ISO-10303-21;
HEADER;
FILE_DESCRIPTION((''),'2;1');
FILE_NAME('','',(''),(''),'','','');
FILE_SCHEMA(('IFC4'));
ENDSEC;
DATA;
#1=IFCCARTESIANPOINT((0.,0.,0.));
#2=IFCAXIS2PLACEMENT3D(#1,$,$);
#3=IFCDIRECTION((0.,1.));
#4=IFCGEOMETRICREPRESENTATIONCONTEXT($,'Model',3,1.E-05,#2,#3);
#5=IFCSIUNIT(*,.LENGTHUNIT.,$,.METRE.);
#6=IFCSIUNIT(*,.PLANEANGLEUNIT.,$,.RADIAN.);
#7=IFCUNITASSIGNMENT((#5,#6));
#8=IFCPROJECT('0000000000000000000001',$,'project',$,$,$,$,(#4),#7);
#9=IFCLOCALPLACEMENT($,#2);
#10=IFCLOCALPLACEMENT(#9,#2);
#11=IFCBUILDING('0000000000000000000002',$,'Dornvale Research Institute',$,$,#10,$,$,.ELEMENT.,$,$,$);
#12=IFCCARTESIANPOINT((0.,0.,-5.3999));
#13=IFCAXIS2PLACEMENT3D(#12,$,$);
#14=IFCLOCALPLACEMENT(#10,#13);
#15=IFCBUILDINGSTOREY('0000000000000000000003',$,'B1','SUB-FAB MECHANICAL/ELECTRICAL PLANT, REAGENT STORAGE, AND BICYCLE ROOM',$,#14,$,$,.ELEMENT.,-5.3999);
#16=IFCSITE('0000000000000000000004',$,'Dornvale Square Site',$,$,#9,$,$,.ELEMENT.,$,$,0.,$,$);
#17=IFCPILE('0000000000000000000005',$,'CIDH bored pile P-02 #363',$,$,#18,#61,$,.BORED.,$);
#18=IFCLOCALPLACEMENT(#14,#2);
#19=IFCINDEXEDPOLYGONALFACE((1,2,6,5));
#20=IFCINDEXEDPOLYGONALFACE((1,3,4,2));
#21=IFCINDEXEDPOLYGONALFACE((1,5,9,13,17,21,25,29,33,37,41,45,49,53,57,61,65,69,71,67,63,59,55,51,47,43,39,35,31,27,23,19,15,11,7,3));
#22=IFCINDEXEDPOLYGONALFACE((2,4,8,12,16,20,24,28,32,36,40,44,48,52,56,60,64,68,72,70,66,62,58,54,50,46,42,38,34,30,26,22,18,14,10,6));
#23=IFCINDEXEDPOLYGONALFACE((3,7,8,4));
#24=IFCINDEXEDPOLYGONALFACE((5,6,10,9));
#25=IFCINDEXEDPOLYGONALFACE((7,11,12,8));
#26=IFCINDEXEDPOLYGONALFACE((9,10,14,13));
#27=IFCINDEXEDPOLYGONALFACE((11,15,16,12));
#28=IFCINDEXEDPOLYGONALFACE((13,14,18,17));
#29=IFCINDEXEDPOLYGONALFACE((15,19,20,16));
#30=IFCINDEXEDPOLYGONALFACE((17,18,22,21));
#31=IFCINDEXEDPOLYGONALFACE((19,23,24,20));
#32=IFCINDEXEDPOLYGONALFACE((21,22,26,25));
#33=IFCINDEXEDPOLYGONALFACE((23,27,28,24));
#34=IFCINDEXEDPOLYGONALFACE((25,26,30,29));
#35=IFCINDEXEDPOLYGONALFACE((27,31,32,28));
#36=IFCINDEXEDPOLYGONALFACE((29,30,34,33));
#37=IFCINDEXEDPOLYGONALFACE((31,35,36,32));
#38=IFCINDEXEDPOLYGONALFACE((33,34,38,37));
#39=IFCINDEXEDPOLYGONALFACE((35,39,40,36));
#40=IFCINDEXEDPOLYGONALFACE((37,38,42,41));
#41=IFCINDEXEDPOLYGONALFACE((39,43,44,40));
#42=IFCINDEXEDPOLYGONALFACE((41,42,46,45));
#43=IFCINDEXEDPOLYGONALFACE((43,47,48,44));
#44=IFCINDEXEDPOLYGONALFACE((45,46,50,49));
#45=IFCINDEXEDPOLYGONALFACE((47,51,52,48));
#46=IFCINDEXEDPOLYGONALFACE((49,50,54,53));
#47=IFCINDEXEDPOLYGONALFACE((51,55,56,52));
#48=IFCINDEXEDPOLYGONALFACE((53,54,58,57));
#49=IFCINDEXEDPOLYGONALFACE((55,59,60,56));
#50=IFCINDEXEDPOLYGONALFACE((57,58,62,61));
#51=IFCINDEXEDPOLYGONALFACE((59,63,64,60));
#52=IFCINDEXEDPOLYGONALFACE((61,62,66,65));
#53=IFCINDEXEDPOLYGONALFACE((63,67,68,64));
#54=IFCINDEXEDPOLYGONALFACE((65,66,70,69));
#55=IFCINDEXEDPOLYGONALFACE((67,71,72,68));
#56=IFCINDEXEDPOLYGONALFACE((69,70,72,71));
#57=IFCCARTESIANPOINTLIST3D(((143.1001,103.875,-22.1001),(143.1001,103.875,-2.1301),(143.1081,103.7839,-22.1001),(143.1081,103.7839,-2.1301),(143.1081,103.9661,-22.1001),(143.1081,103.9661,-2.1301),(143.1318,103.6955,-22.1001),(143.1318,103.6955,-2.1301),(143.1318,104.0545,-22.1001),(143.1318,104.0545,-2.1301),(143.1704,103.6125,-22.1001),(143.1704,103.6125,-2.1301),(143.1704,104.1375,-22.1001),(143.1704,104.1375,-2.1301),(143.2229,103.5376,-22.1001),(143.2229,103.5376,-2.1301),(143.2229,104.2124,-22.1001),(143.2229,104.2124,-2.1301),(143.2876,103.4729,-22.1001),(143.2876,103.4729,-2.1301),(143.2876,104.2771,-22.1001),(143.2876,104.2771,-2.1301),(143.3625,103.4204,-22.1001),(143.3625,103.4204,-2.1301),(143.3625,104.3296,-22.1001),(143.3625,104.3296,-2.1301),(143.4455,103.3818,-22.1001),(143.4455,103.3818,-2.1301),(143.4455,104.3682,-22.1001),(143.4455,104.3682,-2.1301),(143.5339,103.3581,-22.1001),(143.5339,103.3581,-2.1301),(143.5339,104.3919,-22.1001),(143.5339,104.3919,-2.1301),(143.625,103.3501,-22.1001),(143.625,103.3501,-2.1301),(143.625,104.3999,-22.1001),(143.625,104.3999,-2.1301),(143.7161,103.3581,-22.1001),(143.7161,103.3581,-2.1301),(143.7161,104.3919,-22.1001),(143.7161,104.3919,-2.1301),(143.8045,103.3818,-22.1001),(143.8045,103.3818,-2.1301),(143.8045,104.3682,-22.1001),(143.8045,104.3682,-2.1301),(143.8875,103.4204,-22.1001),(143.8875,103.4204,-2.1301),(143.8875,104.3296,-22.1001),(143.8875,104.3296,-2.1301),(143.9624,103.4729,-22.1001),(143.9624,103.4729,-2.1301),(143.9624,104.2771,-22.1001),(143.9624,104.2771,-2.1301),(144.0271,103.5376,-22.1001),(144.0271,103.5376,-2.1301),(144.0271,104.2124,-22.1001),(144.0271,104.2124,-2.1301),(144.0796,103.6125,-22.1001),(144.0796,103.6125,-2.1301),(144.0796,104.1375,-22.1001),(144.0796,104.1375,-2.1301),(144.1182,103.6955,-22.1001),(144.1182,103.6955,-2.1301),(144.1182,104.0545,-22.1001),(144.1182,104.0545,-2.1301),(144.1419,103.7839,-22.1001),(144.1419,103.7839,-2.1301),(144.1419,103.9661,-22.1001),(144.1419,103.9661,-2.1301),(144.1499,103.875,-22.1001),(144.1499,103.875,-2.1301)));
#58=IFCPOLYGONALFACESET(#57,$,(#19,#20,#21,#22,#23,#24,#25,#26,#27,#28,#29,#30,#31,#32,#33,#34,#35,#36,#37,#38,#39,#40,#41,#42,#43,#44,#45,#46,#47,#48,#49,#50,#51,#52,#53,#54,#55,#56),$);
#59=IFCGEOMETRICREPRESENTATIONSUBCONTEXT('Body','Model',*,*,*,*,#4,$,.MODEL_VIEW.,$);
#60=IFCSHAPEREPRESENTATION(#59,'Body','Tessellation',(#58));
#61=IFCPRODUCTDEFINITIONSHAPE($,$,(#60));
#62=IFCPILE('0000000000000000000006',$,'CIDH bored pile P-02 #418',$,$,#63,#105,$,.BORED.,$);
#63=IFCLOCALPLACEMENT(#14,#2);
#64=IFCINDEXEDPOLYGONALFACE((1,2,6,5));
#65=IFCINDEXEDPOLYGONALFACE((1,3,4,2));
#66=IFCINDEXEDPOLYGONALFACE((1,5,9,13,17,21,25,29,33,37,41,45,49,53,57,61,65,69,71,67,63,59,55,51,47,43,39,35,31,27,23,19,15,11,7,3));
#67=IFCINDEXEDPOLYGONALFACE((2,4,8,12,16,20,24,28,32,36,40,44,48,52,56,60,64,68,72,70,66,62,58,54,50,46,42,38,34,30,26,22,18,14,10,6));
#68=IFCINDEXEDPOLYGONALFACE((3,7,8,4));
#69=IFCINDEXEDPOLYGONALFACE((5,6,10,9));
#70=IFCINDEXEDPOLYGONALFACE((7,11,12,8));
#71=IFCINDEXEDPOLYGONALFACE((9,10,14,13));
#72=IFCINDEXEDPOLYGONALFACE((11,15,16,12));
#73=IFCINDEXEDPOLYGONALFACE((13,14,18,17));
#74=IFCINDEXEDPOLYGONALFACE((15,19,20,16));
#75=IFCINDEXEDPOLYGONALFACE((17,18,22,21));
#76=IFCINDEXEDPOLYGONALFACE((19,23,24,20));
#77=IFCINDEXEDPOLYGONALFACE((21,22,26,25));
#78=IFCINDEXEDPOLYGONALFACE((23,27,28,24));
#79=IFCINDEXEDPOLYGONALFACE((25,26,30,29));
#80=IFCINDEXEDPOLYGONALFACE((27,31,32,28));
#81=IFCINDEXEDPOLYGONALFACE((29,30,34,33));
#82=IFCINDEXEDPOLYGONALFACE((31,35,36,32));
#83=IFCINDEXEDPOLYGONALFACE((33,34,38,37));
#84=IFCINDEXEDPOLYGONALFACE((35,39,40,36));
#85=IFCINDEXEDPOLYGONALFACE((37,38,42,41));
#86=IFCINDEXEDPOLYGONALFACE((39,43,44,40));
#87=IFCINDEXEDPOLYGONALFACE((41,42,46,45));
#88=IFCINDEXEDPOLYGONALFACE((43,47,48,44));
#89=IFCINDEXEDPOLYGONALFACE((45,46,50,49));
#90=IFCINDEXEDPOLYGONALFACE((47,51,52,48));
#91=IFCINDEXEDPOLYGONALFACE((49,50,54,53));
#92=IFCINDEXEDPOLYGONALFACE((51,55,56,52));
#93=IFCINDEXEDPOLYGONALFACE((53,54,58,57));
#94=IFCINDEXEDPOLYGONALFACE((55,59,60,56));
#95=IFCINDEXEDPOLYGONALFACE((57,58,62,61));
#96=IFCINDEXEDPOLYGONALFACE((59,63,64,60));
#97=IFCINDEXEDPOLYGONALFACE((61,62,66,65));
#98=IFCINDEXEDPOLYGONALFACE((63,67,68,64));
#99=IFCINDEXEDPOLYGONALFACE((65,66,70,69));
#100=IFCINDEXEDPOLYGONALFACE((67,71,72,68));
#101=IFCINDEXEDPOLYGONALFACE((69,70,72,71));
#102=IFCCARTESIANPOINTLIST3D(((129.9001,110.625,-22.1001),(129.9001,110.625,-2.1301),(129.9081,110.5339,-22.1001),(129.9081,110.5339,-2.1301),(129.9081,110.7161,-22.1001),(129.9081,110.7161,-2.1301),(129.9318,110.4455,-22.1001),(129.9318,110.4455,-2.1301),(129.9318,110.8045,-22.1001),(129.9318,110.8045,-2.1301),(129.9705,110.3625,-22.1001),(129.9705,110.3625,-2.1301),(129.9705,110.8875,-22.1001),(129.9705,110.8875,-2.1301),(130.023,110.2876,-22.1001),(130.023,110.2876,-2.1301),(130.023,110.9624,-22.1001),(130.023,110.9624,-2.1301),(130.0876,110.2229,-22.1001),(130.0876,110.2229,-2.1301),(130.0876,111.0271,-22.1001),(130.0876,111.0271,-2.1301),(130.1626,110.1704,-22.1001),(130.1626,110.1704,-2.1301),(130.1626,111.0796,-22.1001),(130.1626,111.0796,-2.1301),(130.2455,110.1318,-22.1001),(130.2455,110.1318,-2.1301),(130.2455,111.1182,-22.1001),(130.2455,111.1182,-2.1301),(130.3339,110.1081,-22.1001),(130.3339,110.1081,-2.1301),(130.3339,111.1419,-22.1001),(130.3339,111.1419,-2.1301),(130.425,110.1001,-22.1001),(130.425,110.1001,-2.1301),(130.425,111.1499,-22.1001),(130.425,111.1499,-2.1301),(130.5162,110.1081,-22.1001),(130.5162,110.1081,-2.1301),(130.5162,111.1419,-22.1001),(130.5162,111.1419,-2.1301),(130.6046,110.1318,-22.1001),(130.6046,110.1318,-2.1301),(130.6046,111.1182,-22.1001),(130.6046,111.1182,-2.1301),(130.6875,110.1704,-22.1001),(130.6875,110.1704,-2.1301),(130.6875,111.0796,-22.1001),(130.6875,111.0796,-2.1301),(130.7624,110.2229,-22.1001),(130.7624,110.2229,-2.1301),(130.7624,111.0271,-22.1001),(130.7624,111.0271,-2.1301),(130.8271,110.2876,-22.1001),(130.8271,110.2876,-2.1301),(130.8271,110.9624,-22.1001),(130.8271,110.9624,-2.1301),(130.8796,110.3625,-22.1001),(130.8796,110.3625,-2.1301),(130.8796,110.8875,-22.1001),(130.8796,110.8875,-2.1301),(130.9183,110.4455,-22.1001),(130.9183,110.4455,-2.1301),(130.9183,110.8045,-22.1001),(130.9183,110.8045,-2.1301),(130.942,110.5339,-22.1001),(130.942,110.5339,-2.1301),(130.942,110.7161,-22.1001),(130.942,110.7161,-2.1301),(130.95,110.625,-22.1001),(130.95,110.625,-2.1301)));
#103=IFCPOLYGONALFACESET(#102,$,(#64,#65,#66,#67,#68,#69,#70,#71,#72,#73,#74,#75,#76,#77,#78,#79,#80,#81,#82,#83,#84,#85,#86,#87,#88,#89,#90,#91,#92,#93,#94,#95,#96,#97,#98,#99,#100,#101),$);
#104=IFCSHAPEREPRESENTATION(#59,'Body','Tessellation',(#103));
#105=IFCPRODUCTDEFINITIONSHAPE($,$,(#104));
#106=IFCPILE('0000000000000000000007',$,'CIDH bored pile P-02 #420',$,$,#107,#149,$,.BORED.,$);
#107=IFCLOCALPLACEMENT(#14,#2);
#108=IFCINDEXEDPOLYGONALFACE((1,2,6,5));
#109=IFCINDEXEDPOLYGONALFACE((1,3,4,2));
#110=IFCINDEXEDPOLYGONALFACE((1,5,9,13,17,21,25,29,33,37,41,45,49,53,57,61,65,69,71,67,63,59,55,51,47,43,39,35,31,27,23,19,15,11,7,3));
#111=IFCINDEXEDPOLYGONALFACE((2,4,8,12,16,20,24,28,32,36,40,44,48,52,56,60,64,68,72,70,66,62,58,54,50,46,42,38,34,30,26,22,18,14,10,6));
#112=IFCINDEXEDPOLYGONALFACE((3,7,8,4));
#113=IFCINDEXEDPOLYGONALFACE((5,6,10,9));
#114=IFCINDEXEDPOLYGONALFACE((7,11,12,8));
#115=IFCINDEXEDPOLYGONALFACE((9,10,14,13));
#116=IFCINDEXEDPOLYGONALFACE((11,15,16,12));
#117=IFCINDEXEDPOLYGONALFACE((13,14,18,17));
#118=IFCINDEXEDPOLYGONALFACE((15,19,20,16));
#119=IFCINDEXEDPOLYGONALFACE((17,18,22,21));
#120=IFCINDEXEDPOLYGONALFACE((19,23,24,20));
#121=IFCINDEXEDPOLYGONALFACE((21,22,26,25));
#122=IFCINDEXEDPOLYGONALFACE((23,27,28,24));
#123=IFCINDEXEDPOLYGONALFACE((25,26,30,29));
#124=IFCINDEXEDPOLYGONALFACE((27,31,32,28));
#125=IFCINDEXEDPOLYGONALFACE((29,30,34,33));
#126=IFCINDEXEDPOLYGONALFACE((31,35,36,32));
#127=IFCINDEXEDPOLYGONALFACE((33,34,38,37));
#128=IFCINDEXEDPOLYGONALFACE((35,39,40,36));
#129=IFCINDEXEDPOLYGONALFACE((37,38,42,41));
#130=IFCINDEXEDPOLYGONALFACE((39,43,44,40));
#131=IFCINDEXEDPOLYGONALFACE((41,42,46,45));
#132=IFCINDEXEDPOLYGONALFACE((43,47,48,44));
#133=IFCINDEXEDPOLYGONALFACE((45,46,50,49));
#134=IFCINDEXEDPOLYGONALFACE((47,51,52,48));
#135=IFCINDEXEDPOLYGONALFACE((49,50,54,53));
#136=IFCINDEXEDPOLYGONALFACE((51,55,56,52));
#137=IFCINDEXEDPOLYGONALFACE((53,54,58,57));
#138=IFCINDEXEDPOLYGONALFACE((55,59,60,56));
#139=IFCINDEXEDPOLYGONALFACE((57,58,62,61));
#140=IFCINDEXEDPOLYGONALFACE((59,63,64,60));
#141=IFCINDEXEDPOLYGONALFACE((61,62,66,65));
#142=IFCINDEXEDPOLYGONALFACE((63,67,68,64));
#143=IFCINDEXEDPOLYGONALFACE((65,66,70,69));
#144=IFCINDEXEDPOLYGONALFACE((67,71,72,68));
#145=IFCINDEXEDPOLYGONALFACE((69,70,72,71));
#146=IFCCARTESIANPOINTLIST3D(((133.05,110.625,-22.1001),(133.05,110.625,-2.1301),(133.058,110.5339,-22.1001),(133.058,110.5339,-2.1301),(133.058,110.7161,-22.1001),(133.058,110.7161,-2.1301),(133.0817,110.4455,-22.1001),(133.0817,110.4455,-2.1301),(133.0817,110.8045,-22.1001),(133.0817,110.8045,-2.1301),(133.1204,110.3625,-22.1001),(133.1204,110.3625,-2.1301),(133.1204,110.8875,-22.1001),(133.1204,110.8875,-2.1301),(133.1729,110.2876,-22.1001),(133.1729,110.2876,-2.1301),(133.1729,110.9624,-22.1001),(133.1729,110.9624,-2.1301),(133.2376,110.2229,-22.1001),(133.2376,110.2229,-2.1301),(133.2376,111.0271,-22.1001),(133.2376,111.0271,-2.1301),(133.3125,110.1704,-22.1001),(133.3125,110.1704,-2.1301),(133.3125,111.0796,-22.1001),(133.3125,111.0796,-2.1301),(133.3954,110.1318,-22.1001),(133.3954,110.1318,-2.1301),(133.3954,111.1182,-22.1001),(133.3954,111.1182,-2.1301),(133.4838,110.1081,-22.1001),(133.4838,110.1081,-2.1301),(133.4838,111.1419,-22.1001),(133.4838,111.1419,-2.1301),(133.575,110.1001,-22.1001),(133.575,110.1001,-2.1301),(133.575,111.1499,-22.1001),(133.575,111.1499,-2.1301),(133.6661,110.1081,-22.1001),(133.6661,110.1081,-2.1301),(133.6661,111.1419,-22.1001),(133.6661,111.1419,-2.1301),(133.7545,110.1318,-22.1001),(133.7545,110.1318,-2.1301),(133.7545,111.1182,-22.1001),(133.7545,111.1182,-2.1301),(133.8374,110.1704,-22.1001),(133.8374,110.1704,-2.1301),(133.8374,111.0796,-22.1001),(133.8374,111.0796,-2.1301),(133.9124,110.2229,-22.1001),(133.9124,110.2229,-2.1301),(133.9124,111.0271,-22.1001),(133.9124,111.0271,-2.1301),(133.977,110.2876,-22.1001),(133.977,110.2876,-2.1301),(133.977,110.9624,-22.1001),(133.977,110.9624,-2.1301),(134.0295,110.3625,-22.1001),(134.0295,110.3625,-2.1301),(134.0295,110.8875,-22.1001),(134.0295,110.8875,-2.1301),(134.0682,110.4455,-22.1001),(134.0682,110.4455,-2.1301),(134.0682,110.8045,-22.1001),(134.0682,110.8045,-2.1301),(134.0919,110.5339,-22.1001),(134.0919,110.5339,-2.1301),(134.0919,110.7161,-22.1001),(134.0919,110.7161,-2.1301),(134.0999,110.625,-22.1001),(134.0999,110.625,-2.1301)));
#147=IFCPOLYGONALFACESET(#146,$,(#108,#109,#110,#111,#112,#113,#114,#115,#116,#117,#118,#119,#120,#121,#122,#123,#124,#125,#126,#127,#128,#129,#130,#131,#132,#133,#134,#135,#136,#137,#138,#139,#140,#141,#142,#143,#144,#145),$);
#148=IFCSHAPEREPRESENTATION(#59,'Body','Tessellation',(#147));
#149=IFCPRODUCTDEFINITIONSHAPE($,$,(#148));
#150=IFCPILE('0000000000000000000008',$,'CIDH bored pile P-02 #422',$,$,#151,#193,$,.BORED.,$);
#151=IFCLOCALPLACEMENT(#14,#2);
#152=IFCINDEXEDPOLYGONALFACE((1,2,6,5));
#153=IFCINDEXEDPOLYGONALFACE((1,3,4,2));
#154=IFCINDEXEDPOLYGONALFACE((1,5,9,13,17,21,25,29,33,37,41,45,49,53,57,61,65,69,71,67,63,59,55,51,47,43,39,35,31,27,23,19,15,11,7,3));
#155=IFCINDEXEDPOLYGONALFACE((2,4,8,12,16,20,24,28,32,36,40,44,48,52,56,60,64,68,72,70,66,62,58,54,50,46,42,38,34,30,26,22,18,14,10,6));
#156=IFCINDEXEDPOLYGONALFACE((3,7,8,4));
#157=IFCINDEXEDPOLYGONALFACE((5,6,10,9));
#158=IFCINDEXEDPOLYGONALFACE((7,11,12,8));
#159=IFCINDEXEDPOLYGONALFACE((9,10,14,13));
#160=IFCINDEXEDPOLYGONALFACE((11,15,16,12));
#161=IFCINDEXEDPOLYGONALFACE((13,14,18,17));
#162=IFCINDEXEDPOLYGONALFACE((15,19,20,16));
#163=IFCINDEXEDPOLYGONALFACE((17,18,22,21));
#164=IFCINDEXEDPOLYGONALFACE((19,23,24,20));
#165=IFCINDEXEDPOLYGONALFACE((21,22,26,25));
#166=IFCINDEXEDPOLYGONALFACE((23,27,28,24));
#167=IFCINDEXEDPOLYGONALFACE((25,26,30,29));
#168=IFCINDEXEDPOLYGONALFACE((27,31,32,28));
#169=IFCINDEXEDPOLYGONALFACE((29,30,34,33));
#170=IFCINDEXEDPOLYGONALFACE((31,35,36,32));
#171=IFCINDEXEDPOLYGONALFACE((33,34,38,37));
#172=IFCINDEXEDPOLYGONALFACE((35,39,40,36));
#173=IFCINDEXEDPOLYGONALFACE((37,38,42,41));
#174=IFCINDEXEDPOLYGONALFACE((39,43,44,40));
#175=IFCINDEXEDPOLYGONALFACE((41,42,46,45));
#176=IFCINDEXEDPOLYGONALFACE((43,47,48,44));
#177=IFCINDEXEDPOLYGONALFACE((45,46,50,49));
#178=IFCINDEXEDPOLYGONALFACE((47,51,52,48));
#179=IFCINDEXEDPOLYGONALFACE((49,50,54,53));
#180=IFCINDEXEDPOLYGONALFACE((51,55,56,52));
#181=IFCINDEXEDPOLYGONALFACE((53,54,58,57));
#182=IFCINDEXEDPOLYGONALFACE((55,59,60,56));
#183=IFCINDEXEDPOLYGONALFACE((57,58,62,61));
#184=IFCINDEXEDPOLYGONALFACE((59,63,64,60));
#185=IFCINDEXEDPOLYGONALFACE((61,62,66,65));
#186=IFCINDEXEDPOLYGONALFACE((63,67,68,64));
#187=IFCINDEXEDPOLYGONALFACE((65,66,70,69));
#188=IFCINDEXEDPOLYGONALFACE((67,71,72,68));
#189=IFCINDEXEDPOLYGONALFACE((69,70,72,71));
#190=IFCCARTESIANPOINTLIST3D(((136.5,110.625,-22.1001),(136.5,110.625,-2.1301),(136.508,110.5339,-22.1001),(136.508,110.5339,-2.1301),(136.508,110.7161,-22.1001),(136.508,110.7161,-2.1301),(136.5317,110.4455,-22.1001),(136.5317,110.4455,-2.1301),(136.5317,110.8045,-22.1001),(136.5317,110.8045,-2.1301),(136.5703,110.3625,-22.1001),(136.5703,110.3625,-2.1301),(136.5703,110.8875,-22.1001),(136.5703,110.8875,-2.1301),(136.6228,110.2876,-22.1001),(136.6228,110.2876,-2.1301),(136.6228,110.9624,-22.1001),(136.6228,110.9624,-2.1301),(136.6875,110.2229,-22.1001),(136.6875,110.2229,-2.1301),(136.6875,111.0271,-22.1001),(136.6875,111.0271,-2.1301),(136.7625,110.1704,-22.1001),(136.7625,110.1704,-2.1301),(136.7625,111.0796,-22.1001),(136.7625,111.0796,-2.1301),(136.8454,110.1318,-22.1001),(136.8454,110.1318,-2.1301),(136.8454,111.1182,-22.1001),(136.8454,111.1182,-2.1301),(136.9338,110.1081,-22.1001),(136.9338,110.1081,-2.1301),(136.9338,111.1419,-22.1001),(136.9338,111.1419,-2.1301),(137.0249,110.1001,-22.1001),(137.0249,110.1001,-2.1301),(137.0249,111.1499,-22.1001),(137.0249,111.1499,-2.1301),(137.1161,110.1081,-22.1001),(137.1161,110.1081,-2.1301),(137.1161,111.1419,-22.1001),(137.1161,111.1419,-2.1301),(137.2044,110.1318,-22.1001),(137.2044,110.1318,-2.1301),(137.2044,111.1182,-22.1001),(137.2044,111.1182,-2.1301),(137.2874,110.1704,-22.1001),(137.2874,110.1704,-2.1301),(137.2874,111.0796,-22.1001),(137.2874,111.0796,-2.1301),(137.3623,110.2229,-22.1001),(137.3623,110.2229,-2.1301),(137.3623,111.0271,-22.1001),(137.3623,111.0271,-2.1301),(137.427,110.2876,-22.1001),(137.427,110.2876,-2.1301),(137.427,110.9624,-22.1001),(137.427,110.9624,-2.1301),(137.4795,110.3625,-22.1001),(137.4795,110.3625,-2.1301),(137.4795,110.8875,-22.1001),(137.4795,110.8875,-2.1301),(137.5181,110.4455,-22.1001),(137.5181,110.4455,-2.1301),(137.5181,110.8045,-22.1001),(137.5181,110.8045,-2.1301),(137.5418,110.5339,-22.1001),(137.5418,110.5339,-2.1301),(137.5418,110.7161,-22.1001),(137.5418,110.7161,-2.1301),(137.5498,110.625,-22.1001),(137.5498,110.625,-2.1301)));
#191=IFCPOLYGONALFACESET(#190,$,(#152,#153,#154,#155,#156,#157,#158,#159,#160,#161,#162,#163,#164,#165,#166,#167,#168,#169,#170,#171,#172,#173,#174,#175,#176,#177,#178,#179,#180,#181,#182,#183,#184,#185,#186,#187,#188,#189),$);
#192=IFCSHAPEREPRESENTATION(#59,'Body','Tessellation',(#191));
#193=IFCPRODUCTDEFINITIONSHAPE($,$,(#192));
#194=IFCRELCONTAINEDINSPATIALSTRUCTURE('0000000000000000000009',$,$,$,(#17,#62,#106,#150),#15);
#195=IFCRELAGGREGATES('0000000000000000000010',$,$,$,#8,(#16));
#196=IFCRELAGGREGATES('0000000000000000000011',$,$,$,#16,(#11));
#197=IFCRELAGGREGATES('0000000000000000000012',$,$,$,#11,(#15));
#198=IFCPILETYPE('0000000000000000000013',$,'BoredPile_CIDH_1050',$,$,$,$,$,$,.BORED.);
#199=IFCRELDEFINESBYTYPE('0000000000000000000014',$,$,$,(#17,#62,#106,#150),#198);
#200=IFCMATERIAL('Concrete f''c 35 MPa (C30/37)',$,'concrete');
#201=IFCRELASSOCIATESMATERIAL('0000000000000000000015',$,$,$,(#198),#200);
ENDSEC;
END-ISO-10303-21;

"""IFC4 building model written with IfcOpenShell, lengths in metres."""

from ifc_helpers import new_model, si_unit, direction, frame, origin, origin_2d, place, context, subcontext, project, spatial, circle, extrude, material, material_profile, profile_set, type_object, element, save


model = new_model("IFC4")

# Units and contexts
model_context = context("Model", 3, precision=1e-05, world=origin(), true_north=direction((0.0, 1.0)))
body_context = subcontext(model_context, "Body", "Model", "MODEL_VIEW")
ifc_project = project(units=[si_unit("LENGTHUNIT", "METRE"), si_unit("PLANEANGLEUNIT", "RADIAN")], contexts=[model_context])

# Site, building, storey
site_placement = place(None, origin())
site = spatial("IfcSite", under=ifc_project, at=site_placement, Name="Dornvale Square Site", CompositionType="ELEMENT", RefElevation=0.0)
building_placement = place(site_placement, origin())
building = spatial("IfcBuilding", under=site, at=building_placement, Name="Dornvale Research Institute", CompositionType="ELEMENT")
storey_placement = place(building_placement, frame((0.0, 0.0, -5.3999)))
storey = spatial("IfcBuildingStorey", under=building, at=storey_placement, Name="B1", Description="SUB-FAB MECHANICAL/ELECTRICAL PLANT, REAGENT STORAGE, AND BICYCLE ROOM", CompositionType="ELEMENT", Elevation=-5.3999)

# Piles
ifc_material_1 = material(Name="Concrete f'c 35 MPa (C30/37)", Category="concrete")
ifc_material_profile_1 = material_profile(ifc_material_1, circle(Radius=0.5249, at=origin_2d()), Name="CIDH PILE D1050")
ifc_profile_set_1 = profile_set([ifc_material_profile_1], Name="Concrete f'c 35 MPa (C30/37)")
pile_type = type_object("IfcPileType", Name="BoredPile_CIDH_1050", PredefinedType="BORED", material=ifc_profile_set_1)
for number, where, z_axis, x_axis, name in (
    (1, (143.625, 103.875, -2.1301), (0.0, 0.0, -1.0), (1.0, 0.0, 0.0), "CIDH bored pile P-02 #363"),
    (2, (130.425, 110.625, -2.1301), (0.0, 0.0, -1.0), (1.0, 0.0, 0.0), "CIDH bored pile P-02 #418"),
    (3, (133.575, 110.625, -2.1301), (0.0, 0.0, -1.0), (1.0, 0.0, 0.0), "CIDH bored pile P-02 #420"),
    (4, (137.0249, 110.625, -2.1301), (0.0, 0.0, -1.0), (1.0, 0.0, 0.0), "CIDH bored pile P-02 #422"),
):
    element("IfcPile", number, at=place(storey_placement, frame(where, z_axis=z_axis, x_axis=x_axis)), inside=storey, type_object=pile_type, Name=name, PredefinedType="BORED", context=body_context, shape_type="SweptSolid", body=[
        extrude(circle(Radius=0.5249, at=origin_2d()), origin(), (0.0, 0.0, 1.0), 19.97),
    ])

save(model, "model.ifc")
